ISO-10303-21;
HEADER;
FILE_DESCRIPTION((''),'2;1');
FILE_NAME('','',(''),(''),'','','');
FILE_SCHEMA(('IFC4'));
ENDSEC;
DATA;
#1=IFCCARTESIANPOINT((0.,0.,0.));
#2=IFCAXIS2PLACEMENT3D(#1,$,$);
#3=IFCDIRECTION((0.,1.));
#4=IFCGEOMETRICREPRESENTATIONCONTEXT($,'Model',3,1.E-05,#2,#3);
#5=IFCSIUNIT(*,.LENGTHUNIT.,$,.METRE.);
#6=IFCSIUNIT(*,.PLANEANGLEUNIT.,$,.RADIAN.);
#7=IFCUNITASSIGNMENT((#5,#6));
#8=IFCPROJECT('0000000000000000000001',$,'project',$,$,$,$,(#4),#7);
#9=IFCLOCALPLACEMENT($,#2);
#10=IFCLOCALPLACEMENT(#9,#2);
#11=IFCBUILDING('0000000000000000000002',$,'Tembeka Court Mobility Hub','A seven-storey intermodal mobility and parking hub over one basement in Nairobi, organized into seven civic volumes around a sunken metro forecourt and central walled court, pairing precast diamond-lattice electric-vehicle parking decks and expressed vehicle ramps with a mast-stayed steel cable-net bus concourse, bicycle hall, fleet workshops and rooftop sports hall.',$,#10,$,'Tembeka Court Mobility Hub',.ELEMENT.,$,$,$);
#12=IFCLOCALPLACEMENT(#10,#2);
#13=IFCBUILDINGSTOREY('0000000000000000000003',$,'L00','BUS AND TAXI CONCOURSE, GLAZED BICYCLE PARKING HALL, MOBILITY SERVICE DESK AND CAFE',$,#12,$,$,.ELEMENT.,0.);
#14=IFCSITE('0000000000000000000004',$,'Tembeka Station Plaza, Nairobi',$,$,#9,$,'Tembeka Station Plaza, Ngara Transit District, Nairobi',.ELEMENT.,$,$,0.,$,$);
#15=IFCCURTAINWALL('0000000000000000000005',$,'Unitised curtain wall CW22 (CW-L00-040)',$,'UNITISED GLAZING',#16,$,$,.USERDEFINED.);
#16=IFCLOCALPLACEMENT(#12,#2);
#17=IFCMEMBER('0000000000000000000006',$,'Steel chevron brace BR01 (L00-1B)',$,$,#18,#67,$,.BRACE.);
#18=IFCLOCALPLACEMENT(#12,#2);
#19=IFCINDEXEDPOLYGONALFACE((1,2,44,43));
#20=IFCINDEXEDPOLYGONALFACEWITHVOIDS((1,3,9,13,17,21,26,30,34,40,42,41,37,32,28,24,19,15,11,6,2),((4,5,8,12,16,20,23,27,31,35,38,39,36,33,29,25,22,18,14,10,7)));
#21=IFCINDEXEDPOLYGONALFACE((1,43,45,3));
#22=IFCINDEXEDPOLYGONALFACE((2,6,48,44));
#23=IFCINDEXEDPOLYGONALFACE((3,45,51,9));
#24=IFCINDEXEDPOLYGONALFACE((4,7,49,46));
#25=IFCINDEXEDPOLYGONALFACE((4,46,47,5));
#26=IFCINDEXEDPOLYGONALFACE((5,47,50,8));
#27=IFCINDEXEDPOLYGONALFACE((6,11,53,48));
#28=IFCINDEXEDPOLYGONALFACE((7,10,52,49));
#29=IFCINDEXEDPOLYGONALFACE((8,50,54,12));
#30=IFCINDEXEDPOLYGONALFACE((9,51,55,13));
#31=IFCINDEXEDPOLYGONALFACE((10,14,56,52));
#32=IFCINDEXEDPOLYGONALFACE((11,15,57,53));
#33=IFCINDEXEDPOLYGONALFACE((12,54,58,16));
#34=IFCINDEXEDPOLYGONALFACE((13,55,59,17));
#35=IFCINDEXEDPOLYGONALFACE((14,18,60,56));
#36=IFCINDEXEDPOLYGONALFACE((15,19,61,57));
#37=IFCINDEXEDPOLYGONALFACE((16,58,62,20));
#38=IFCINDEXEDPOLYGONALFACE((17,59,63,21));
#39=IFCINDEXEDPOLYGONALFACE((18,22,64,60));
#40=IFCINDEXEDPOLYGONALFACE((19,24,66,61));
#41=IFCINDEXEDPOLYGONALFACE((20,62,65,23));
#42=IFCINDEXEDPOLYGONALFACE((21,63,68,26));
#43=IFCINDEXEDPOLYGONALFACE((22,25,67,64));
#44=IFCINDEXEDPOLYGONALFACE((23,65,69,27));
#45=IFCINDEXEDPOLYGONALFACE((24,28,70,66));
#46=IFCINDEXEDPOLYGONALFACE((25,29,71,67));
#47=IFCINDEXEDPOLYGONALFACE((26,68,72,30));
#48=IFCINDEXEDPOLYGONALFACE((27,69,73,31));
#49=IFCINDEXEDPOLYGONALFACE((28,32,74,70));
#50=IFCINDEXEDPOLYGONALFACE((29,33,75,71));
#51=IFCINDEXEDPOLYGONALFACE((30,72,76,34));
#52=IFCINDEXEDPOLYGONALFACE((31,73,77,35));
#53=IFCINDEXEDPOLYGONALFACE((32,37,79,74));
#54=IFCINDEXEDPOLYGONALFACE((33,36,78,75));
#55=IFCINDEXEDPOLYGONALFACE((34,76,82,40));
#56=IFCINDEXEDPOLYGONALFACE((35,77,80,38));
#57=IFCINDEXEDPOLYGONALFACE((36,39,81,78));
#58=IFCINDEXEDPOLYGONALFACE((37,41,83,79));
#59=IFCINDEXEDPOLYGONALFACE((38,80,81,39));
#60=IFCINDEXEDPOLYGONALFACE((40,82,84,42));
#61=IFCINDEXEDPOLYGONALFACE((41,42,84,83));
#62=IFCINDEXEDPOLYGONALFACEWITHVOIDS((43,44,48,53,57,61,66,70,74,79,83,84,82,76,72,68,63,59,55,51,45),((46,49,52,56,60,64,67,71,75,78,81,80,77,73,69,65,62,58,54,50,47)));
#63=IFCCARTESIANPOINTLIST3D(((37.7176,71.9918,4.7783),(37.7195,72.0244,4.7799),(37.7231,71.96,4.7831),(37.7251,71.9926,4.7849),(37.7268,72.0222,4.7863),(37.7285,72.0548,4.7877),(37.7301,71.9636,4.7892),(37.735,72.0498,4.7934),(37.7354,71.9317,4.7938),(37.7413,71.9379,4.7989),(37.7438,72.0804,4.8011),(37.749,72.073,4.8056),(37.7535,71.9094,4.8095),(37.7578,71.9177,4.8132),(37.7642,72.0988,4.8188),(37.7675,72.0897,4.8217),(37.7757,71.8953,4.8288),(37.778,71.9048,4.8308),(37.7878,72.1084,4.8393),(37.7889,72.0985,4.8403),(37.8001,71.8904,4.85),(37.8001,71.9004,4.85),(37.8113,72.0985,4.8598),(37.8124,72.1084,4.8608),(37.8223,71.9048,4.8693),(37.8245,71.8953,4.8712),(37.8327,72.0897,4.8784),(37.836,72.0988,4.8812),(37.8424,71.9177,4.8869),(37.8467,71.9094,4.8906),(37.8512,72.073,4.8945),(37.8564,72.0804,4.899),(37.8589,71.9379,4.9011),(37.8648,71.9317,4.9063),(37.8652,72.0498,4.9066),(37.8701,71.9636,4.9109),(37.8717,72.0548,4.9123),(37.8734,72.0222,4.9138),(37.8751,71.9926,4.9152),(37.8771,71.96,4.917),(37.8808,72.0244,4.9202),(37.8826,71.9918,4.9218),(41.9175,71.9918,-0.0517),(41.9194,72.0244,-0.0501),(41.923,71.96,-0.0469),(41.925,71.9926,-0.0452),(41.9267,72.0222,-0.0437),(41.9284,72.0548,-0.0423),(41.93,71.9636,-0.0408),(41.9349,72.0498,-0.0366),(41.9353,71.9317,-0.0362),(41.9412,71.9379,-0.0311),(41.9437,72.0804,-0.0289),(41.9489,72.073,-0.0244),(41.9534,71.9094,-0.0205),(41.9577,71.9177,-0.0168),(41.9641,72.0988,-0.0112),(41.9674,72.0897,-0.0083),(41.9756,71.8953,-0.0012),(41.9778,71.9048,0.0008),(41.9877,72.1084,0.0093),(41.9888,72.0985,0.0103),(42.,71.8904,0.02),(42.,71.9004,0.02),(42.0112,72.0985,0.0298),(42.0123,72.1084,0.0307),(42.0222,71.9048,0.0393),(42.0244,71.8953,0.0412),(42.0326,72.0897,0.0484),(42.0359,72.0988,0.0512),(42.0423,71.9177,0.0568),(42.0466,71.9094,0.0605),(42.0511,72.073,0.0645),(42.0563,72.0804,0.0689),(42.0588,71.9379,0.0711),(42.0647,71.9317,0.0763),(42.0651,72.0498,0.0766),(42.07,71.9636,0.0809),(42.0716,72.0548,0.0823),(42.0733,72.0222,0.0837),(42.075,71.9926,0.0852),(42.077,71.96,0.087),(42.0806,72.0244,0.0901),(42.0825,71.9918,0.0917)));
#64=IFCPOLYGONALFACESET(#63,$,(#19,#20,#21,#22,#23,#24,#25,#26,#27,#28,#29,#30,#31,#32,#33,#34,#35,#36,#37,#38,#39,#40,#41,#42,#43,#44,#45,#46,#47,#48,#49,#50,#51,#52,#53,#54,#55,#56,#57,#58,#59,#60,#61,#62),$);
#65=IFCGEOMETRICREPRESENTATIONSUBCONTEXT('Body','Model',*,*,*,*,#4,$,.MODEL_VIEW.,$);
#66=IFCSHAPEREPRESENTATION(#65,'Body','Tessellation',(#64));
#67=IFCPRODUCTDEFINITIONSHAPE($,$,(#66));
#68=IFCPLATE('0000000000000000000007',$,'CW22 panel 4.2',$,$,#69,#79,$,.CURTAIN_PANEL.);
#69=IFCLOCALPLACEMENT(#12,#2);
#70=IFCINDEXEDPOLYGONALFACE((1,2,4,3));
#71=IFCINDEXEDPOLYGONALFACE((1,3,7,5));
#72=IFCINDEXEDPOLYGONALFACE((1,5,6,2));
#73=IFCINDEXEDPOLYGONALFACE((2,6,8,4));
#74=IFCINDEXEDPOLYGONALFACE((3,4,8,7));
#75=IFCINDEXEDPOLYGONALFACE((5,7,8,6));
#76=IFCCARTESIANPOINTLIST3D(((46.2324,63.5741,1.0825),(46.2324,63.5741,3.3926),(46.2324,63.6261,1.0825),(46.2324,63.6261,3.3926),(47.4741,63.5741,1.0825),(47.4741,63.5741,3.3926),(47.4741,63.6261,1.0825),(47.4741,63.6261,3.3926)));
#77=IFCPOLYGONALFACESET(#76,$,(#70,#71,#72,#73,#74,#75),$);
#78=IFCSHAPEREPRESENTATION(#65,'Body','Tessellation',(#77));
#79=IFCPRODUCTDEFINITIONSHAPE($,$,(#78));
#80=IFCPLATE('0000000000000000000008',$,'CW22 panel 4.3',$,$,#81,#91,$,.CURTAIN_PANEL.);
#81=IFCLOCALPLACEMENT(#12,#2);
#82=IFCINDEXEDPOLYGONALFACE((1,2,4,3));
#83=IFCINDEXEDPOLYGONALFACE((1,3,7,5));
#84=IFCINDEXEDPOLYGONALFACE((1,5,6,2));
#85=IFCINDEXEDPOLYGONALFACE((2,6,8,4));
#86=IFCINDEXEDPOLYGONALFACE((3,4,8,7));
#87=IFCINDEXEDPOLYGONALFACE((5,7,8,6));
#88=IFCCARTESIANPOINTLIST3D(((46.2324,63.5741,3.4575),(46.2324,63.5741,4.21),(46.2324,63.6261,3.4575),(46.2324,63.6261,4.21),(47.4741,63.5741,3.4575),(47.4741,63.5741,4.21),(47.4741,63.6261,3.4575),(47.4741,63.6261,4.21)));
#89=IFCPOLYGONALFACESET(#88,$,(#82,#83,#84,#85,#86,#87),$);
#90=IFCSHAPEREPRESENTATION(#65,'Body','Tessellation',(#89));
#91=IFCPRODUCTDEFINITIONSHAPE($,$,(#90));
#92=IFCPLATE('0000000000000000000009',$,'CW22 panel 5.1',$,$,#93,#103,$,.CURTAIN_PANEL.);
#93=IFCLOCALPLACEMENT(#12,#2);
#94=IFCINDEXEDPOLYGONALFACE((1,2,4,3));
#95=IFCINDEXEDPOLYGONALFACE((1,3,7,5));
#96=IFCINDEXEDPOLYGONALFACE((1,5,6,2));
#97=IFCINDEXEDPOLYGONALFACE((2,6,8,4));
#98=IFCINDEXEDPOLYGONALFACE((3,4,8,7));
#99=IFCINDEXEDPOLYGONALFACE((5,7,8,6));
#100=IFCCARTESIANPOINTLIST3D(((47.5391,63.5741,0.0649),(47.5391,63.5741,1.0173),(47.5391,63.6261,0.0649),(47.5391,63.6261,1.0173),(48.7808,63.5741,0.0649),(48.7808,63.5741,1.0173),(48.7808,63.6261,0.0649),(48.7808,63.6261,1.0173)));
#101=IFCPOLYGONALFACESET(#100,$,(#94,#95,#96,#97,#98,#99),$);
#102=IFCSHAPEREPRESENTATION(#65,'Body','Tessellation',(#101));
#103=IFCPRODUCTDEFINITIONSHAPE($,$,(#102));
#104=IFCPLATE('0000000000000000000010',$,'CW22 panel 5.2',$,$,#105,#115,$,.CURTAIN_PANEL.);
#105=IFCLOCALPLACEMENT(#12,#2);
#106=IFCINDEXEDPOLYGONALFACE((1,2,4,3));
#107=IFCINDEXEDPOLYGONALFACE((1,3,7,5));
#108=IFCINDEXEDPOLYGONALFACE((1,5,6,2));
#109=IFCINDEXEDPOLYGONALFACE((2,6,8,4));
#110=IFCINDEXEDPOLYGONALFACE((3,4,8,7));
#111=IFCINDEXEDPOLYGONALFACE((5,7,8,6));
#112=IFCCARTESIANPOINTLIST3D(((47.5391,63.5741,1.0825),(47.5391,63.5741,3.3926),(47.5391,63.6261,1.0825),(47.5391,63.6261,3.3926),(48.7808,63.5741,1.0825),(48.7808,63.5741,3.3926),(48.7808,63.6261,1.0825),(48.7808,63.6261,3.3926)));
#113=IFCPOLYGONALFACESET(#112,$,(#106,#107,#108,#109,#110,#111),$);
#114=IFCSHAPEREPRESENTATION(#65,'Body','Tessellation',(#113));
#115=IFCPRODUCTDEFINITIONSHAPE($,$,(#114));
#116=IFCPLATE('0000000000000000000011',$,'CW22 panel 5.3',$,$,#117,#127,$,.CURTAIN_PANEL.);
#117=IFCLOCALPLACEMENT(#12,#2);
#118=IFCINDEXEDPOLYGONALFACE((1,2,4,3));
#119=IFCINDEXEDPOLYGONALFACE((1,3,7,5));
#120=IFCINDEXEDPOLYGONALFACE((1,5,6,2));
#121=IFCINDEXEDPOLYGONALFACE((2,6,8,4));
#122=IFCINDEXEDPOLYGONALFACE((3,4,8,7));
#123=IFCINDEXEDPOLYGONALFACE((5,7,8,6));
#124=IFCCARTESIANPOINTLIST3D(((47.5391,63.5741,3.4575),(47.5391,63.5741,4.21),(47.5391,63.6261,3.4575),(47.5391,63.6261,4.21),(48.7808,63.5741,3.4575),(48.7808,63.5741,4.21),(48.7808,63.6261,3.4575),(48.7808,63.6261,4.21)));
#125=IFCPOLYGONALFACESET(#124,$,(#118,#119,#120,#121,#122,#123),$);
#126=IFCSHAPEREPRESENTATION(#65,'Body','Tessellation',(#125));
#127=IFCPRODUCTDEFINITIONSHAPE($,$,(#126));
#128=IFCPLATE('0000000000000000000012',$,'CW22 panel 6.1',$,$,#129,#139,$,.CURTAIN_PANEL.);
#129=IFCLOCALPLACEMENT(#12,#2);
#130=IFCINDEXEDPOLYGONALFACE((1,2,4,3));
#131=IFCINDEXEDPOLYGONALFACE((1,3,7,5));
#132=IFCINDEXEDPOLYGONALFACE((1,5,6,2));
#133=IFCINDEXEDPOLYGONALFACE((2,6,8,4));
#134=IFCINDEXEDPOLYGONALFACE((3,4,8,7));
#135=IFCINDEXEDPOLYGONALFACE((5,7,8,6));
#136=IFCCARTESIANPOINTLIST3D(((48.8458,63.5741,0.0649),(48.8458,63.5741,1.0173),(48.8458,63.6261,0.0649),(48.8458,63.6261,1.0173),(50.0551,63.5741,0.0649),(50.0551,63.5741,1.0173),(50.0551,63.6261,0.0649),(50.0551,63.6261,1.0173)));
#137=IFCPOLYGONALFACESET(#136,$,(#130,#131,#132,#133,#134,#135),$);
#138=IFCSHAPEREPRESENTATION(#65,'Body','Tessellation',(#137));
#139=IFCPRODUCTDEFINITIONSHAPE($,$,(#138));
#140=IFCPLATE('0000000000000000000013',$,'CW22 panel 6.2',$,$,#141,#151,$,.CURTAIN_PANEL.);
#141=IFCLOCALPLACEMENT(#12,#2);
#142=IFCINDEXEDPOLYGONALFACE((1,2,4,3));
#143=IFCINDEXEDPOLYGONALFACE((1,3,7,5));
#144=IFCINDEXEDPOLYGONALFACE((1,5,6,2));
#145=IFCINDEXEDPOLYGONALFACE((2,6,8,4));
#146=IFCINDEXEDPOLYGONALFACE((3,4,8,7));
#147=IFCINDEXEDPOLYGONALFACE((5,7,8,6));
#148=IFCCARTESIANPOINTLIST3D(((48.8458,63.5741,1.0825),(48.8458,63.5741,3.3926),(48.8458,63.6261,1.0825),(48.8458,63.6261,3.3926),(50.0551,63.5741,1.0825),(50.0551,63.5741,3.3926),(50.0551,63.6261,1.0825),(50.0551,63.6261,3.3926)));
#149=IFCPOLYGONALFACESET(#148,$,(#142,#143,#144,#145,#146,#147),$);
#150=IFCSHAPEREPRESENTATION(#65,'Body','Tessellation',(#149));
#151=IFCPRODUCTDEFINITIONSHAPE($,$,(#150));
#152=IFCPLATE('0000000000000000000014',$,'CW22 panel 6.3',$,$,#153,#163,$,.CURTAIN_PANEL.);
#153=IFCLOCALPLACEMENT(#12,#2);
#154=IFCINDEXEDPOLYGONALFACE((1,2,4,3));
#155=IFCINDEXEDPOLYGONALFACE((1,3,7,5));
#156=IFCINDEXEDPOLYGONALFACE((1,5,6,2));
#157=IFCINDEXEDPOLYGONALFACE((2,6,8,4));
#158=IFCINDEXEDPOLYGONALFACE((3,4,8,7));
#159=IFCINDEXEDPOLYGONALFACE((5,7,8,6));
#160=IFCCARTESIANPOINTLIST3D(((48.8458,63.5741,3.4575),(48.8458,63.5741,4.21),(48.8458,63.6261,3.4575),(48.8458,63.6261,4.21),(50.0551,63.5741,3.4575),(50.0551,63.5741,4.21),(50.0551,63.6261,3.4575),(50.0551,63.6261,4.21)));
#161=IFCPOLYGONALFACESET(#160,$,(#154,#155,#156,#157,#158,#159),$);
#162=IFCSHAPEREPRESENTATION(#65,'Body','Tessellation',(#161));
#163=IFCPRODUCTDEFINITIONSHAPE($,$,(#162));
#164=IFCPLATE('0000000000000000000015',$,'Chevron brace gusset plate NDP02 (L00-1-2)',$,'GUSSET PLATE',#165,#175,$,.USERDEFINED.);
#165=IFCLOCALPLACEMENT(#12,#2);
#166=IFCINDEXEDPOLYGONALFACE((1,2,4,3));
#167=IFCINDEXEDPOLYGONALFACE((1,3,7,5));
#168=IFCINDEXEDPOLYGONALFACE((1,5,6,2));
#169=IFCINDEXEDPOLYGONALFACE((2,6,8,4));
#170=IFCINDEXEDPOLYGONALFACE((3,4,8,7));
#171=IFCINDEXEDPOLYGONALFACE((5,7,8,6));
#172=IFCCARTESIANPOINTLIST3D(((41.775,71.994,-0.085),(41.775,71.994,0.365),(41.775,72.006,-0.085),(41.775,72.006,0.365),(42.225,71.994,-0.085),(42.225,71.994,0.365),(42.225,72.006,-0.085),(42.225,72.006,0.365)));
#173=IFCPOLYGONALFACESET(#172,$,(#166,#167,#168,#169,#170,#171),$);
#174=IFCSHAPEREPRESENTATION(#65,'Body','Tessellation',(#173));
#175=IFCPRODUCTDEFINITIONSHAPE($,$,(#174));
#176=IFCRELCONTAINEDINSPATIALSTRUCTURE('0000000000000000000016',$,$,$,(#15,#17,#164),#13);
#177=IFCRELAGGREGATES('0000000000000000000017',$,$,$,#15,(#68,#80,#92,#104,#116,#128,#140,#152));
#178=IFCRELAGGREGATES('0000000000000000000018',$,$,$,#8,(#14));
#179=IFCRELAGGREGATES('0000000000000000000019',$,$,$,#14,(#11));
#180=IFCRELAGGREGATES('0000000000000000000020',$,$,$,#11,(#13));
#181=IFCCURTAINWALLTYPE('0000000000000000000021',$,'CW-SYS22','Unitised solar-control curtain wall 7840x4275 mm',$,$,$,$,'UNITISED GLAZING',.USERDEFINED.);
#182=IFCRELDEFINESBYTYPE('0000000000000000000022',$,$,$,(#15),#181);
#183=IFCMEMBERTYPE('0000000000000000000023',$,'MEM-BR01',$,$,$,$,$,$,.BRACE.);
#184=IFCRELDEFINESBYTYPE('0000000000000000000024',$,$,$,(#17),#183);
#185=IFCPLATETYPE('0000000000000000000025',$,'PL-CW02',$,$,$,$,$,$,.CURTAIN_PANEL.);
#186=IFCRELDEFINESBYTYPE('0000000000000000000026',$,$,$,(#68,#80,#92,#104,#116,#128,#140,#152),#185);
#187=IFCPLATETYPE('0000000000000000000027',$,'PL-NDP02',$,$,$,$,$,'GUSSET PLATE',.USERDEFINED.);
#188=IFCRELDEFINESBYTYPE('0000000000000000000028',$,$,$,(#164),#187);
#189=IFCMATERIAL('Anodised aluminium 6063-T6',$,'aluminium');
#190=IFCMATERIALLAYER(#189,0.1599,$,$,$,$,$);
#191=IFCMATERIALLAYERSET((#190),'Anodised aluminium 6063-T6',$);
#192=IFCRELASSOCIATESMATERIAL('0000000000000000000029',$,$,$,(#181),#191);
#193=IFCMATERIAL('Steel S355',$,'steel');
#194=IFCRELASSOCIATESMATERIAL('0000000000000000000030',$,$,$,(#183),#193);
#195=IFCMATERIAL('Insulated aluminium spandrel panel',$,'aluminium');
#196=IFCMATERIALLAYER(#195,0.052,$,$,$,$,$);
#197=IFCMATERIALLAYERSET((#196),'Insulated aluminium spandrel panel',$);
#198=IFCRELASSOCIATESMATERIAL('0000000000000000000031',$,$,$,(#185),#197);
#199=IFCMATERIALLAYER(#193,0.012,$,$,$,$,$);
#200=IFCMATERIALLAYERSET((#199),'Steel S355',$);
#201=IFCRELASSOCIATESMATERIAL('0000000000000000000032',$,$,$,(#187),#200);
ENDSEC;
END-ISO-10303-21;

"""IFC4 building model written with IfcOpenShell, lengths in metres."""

from ifc_helpers import new_model, si_unit, direction, frame, origin, origin_2d, place, context, subcontext, project, spatial, rectangle, hollow_circle, extrude, material, layer, layer_set, material_profile, profile_set, type_object, element, aggregate, save


model = new_model("IFC4")

# Units and contexts
model_context = context("Model", 3, precision=1e-05, world=origin(), true_north=direction((0.0, 1.0)))
body_context = subcontext(model_context, "Body", "Model", "MODEL_VIEW")
ifc_project = project(units=[si_unit("LENGTHUNIT", "METRE"), si_unit("PLANEANGLEUNIT", "RADIAN")], contexts=[model_context])

# Site, building, storey
site_placement = place(None, origin())
site = spatial("IfcSite", under=ifc_project, at=site_placement, Name="Tembeka Station Plaza, Nairobi", LongName="Tembeka Station Plaza, Ngara Transit District, Nairobi", CompositionType="ELEMENT", RefElevation=0.0)
building_placement = place(site_placement, origin())
building = spatial("IfcBuilding", under=site, at=building_placement, Name="Tembeka Court Mobility Hub", Description="A seven-storey intermodal mobility and parking hub over one basement in Nairobi, organized into seven civic volumes around a sunken metro forecourt and central walled court, pairing precast diamond-lattice electric-vehicle parking decks and expressed vehicle ramps with a mast-stayed steel cable-net bus concourse, bicycle hall, fleet workshops and rooftop sports hall.", LongName="Tembeka Court Mobility Hub", CompositionType="ELEMENT")
storey_placement = place(building_placement, origin())
storey = spatial("IfcBuildingStorey", under=building, at=storey_placement, Name="L00", Description="BUS AND TAXI CONCOURSE, GLAZED BICYCLE PARKING HALL, MOBILITY SERVICE DESK AND CAFE", CompositionType="ELEMENT", Elevation=0.0)

# Shared definitions
ifc_material_1 = material(Name="Steel S355", Category="steel")

# Curtain wall
ifc_material_2 = material(Name="Anodised aluminium 6063-T6", Category="aluminium")
ifc_layer_1 = layer(ifc_material_2, 0.1599)
ifc_layer_set_1 = layer_set([ifc_layer_1], Name="Anodised aluminium 6063-T6")
curtain_wall_type = type_object("IfcCurtainWallType", Name="CW-SYS22", Description="Unitised solar-control curtain wall 7840x4275 mm", ElementType="UNITISED GLAZING", PredefinedType="USERDEFINED", material=ifc_layer_set_1)
curtain_wall_placement = place(storey_placement, origin())
curtain_wall = element("IfcCurtainWall", 1, at=curtain_wall_placement, inside=storey, type_object=curtain_wall_type, Name="Unitised curtain wall CW22 (CW-L00-040)", ObjectType="UNITISED GLAZING", PredefinedType="USERDEFINED")

# Member
ifc_material_profile_1 = material_profile(ifc_material_1, hollow_circle(Radius=0.1096, WallThickness=0.01, at=origin_2d()), Name="CHS 219.1x10")
ifc_profile_set_1 = profile_set([ifc_material_profile_1], Name="Steel S355")
member_type_1 = type_object("IfcMemberType", Name="MEM-BR01", PredefinedType="BRACE", material=ifc_profile_set_1)
member_1_placement = place(storey_placement, frame((42.0, 72.0, 0.02), z_axis=(-0.656168, 0.0, 0.754615), x_axis=(0.0, -1.0, 0.0)))
element("IfcMember", 2, at=member_1_placement, inside=storey, type_object=member_type_1, Name="Steel chevron brace BR01 (L00-1B)", PredefinedType="BRACE", context=body_context, shape_type="SweptSolid", body=[
    extrude(hollow_circle(Radius=0.1096, WallThickness=0.01, at=origin_2d()), origin(), (0.0, 0.0, 1.0), 6.4006),
])

# Plates
ifc_material_3 = material(Name="Insulated aluminium spandrel panel", Category="aluminium")
ifc_layer_2 = layer(ifc_material_3, 0.052)
ifc_layer_set_2 = layer_set([ifc_layer_2], Name="Insulated aluminium spandrel panel")
plate_type_1 = type_object("IfcPlateType", Name="PL-CW02", PredefinedType="CURTAIN_PANEL", material=ifc_layer_set_2)
plate_1_placement = place(storey_placement, frame((46.8533, 63.6001, 1.0825), z_axis=(0.0, 0.0, 1.0), x_axis=(1.0, 0.0, 0.0)))
plate_1 = element("IfcPlate", 3, at=plate_1_placement, type_object=plate_type_1, Name="CW22 panel 4.2", PredefinedType="CURTAIN_PANEL", context=body_context, shape_type="SweptSolid", body=[
    extrude(rectangle(XDim=1.2417, YDim=0.052, at=origin_2d()), origin(), (0.0, 0.0, 1.0), 2.3101),
])
plate_2_placement = place(storey_placement, frame((46.8533, 63.6001, 3.4575), z_axis=(0.0, 0.0, 1.0), x_axis=(1.0, 0.0, 0.0)))
plate_2 = element("IfcPlate", 4, at=plate_2_placement, type_object=plate_type_1, Name="CW22 panel 4.3", PredefinedType="CURTAIN_PANEL", context=body_context, shape_type="SweptSolid", body=[
    extrude(rectangle(XDim=1.2417, YDim=0.052, at=origin_2d()), origin(), (0.0, 0.0, 1.0), 0.7524),
])
plate_3_placement = place(storey_placement, frame((48.1599, 63.6001, 0.0649), z_axis=(0.0, 0.0, 1.0), x_axis=(1.0, 0.0, 0.0)))
plate_3 = element("IfcPlate", 5, at=plate_3_placement, type_object=plate_type_1, Name="CW22 panel 5.1", PredefinedType="CURTAIN_PANEL", context=body_context, shape_type="SweptSolid", body=[
    extrude(rectangle(XDim=1.2417, YDim=0.052, at=origin_2d()), origin(), (0.0, 0.0, 1.0), 0.9524),
])
plate_4_placement = place(storey_placement, frame((48.1599, 63.6001, 1.0825), z_axis=(0.0, 0.0, 1.0), x_axis=(1.0, 0.0, 0.0)))
plate_4 = element("IfcPlate", 6, at=plate_4_placement, type_object=plate_type_1, Name="CW22 panel 5.2", PredefinedType="CURTAIN_PANEL", context=body_context, shape_type="SweptSolid", body=[
    extrude(rectangle(XDim=1.2417, YDim=0.052, at=origin_2d()), origin(), (0.0, 0.0, 1.0), 2.3101),
])
plate_5_placement = place(storey_placement, frame((48.1599, 63.6001, 3.4575), z_axis=(0.0, 0.0, 1.0), x_axis=(1.0, 0.0, 0.0)))
plate_5 = element("IfcPlate", 7, at=plate_5_placement, type_object=plate_type_1, Name="CW22 panel 5.3", PredefinedType="CURTAIN_PANEL", context=body_context, shape_type="SweptSolid", body=[
    extrude(rectangle(XDim=1.2417, YDim=0.052, at=origin_2d()), origin(), (0.0, 0.0, 1.0), 0.7524),
])
plate_6_placement = place(storey_placement, frame((49.4504, 63.6001, 0.0649), z_axis=(0.0, 0.0, 1.0), x_axis=(1.0, 0.0, 0.0)))
plate_6 = element("IfcPlate", 8, at=plate_6_placement, type_object=plate_type_1, Name="CW22 panel 6.1", PredefinedType="CURTAIN_PANEL", context=body_context, shape_type="SweptSolid", body=[
    extrude(rectangle(XDim=1.2092, YDim=0.052, at=origin_2d()), origin(), (0.0, 0.0, 1.0), 0.9524),
])
plate_7_placement = place(storey_placement, frame((49.4504, 63.6001, 1.0825), z_axis=(0.0, 0.0, 1.0), x_axis=(1.0, 0.0, 0.0)))
plate_7 = element("IfcPlate", 9, at=plate_7_placement, type_object=plate_type_1, Name="CW22 panel 6.2", PredefinedType="CURTAIN_PANEL", context=body_context, shape_type="SweptSolid", body=[
    extrude(rectangle(XDim=1.2092, YDim=0.052, at=origin_2d()), origin(), (0.0, 0.0, 1.0), 2.3101),
])
plate_8_placement = place(storey_placement, frame((49.4504, 63.6001, 3.4575), z_axis=(0.0, 0.0, 1.0), x_axis=(1.0, 0.0, 0.0)))
plate_8 = element("IfcPlate", 10, at=plate_8_placement, type_object=plate_type_1, Name="CW22 panel 6.3", PredefinedType="CURTAIN_PANEL", context=body_context, shape_type="SweptSolid", body=[
    extrude(rectangle(XDim=1.2092, YDim=0.052, at=origin_2d()), origin(), (0.0, 0.0, 1.0), 0.7524),
])
aggregate(curtain_wall, [plate_1, plate_2, plate_3, plate_4, plate_5, plate_6, plate_7, plate_8])
ifc_layer_3 = layer(ifc_material_1, 0.012)
ifc_layer_set_3 = layer_set([ifc_layer_3], Name="Steel S355")
plate_type_2 = type_object("IfcPlateType", Name="PL-NDP02", ElementType="GUSSET PLATE", PredefinedType="USERDEFINED", material=ifc_layer_set_3)
plate_9_placement = place(storey_placement, frame((42.0, 72.0, -0.085), z_axis=(0.0, 0.0, 1.0), x_axis=(1.0, 0.0, 0.0)))
element("IfcPlate", 11, at=plate_9_placement, inside=storey, type_object=plate_type_2, Name="Chevron brace gusset plate NDP02 (L00-1-2)", ObjectType="GUSSET PLATE", PredefinedType="USERDEFINED", context=body_context, shape_type="SweptSolid", body=[
    extrude(rectangle(XDim=0.45, YDim=0.012, at=origin_2d()), origin(), (0.0, 0.0, 1.0), 0.45),
])

save(model, "model.ifc")
